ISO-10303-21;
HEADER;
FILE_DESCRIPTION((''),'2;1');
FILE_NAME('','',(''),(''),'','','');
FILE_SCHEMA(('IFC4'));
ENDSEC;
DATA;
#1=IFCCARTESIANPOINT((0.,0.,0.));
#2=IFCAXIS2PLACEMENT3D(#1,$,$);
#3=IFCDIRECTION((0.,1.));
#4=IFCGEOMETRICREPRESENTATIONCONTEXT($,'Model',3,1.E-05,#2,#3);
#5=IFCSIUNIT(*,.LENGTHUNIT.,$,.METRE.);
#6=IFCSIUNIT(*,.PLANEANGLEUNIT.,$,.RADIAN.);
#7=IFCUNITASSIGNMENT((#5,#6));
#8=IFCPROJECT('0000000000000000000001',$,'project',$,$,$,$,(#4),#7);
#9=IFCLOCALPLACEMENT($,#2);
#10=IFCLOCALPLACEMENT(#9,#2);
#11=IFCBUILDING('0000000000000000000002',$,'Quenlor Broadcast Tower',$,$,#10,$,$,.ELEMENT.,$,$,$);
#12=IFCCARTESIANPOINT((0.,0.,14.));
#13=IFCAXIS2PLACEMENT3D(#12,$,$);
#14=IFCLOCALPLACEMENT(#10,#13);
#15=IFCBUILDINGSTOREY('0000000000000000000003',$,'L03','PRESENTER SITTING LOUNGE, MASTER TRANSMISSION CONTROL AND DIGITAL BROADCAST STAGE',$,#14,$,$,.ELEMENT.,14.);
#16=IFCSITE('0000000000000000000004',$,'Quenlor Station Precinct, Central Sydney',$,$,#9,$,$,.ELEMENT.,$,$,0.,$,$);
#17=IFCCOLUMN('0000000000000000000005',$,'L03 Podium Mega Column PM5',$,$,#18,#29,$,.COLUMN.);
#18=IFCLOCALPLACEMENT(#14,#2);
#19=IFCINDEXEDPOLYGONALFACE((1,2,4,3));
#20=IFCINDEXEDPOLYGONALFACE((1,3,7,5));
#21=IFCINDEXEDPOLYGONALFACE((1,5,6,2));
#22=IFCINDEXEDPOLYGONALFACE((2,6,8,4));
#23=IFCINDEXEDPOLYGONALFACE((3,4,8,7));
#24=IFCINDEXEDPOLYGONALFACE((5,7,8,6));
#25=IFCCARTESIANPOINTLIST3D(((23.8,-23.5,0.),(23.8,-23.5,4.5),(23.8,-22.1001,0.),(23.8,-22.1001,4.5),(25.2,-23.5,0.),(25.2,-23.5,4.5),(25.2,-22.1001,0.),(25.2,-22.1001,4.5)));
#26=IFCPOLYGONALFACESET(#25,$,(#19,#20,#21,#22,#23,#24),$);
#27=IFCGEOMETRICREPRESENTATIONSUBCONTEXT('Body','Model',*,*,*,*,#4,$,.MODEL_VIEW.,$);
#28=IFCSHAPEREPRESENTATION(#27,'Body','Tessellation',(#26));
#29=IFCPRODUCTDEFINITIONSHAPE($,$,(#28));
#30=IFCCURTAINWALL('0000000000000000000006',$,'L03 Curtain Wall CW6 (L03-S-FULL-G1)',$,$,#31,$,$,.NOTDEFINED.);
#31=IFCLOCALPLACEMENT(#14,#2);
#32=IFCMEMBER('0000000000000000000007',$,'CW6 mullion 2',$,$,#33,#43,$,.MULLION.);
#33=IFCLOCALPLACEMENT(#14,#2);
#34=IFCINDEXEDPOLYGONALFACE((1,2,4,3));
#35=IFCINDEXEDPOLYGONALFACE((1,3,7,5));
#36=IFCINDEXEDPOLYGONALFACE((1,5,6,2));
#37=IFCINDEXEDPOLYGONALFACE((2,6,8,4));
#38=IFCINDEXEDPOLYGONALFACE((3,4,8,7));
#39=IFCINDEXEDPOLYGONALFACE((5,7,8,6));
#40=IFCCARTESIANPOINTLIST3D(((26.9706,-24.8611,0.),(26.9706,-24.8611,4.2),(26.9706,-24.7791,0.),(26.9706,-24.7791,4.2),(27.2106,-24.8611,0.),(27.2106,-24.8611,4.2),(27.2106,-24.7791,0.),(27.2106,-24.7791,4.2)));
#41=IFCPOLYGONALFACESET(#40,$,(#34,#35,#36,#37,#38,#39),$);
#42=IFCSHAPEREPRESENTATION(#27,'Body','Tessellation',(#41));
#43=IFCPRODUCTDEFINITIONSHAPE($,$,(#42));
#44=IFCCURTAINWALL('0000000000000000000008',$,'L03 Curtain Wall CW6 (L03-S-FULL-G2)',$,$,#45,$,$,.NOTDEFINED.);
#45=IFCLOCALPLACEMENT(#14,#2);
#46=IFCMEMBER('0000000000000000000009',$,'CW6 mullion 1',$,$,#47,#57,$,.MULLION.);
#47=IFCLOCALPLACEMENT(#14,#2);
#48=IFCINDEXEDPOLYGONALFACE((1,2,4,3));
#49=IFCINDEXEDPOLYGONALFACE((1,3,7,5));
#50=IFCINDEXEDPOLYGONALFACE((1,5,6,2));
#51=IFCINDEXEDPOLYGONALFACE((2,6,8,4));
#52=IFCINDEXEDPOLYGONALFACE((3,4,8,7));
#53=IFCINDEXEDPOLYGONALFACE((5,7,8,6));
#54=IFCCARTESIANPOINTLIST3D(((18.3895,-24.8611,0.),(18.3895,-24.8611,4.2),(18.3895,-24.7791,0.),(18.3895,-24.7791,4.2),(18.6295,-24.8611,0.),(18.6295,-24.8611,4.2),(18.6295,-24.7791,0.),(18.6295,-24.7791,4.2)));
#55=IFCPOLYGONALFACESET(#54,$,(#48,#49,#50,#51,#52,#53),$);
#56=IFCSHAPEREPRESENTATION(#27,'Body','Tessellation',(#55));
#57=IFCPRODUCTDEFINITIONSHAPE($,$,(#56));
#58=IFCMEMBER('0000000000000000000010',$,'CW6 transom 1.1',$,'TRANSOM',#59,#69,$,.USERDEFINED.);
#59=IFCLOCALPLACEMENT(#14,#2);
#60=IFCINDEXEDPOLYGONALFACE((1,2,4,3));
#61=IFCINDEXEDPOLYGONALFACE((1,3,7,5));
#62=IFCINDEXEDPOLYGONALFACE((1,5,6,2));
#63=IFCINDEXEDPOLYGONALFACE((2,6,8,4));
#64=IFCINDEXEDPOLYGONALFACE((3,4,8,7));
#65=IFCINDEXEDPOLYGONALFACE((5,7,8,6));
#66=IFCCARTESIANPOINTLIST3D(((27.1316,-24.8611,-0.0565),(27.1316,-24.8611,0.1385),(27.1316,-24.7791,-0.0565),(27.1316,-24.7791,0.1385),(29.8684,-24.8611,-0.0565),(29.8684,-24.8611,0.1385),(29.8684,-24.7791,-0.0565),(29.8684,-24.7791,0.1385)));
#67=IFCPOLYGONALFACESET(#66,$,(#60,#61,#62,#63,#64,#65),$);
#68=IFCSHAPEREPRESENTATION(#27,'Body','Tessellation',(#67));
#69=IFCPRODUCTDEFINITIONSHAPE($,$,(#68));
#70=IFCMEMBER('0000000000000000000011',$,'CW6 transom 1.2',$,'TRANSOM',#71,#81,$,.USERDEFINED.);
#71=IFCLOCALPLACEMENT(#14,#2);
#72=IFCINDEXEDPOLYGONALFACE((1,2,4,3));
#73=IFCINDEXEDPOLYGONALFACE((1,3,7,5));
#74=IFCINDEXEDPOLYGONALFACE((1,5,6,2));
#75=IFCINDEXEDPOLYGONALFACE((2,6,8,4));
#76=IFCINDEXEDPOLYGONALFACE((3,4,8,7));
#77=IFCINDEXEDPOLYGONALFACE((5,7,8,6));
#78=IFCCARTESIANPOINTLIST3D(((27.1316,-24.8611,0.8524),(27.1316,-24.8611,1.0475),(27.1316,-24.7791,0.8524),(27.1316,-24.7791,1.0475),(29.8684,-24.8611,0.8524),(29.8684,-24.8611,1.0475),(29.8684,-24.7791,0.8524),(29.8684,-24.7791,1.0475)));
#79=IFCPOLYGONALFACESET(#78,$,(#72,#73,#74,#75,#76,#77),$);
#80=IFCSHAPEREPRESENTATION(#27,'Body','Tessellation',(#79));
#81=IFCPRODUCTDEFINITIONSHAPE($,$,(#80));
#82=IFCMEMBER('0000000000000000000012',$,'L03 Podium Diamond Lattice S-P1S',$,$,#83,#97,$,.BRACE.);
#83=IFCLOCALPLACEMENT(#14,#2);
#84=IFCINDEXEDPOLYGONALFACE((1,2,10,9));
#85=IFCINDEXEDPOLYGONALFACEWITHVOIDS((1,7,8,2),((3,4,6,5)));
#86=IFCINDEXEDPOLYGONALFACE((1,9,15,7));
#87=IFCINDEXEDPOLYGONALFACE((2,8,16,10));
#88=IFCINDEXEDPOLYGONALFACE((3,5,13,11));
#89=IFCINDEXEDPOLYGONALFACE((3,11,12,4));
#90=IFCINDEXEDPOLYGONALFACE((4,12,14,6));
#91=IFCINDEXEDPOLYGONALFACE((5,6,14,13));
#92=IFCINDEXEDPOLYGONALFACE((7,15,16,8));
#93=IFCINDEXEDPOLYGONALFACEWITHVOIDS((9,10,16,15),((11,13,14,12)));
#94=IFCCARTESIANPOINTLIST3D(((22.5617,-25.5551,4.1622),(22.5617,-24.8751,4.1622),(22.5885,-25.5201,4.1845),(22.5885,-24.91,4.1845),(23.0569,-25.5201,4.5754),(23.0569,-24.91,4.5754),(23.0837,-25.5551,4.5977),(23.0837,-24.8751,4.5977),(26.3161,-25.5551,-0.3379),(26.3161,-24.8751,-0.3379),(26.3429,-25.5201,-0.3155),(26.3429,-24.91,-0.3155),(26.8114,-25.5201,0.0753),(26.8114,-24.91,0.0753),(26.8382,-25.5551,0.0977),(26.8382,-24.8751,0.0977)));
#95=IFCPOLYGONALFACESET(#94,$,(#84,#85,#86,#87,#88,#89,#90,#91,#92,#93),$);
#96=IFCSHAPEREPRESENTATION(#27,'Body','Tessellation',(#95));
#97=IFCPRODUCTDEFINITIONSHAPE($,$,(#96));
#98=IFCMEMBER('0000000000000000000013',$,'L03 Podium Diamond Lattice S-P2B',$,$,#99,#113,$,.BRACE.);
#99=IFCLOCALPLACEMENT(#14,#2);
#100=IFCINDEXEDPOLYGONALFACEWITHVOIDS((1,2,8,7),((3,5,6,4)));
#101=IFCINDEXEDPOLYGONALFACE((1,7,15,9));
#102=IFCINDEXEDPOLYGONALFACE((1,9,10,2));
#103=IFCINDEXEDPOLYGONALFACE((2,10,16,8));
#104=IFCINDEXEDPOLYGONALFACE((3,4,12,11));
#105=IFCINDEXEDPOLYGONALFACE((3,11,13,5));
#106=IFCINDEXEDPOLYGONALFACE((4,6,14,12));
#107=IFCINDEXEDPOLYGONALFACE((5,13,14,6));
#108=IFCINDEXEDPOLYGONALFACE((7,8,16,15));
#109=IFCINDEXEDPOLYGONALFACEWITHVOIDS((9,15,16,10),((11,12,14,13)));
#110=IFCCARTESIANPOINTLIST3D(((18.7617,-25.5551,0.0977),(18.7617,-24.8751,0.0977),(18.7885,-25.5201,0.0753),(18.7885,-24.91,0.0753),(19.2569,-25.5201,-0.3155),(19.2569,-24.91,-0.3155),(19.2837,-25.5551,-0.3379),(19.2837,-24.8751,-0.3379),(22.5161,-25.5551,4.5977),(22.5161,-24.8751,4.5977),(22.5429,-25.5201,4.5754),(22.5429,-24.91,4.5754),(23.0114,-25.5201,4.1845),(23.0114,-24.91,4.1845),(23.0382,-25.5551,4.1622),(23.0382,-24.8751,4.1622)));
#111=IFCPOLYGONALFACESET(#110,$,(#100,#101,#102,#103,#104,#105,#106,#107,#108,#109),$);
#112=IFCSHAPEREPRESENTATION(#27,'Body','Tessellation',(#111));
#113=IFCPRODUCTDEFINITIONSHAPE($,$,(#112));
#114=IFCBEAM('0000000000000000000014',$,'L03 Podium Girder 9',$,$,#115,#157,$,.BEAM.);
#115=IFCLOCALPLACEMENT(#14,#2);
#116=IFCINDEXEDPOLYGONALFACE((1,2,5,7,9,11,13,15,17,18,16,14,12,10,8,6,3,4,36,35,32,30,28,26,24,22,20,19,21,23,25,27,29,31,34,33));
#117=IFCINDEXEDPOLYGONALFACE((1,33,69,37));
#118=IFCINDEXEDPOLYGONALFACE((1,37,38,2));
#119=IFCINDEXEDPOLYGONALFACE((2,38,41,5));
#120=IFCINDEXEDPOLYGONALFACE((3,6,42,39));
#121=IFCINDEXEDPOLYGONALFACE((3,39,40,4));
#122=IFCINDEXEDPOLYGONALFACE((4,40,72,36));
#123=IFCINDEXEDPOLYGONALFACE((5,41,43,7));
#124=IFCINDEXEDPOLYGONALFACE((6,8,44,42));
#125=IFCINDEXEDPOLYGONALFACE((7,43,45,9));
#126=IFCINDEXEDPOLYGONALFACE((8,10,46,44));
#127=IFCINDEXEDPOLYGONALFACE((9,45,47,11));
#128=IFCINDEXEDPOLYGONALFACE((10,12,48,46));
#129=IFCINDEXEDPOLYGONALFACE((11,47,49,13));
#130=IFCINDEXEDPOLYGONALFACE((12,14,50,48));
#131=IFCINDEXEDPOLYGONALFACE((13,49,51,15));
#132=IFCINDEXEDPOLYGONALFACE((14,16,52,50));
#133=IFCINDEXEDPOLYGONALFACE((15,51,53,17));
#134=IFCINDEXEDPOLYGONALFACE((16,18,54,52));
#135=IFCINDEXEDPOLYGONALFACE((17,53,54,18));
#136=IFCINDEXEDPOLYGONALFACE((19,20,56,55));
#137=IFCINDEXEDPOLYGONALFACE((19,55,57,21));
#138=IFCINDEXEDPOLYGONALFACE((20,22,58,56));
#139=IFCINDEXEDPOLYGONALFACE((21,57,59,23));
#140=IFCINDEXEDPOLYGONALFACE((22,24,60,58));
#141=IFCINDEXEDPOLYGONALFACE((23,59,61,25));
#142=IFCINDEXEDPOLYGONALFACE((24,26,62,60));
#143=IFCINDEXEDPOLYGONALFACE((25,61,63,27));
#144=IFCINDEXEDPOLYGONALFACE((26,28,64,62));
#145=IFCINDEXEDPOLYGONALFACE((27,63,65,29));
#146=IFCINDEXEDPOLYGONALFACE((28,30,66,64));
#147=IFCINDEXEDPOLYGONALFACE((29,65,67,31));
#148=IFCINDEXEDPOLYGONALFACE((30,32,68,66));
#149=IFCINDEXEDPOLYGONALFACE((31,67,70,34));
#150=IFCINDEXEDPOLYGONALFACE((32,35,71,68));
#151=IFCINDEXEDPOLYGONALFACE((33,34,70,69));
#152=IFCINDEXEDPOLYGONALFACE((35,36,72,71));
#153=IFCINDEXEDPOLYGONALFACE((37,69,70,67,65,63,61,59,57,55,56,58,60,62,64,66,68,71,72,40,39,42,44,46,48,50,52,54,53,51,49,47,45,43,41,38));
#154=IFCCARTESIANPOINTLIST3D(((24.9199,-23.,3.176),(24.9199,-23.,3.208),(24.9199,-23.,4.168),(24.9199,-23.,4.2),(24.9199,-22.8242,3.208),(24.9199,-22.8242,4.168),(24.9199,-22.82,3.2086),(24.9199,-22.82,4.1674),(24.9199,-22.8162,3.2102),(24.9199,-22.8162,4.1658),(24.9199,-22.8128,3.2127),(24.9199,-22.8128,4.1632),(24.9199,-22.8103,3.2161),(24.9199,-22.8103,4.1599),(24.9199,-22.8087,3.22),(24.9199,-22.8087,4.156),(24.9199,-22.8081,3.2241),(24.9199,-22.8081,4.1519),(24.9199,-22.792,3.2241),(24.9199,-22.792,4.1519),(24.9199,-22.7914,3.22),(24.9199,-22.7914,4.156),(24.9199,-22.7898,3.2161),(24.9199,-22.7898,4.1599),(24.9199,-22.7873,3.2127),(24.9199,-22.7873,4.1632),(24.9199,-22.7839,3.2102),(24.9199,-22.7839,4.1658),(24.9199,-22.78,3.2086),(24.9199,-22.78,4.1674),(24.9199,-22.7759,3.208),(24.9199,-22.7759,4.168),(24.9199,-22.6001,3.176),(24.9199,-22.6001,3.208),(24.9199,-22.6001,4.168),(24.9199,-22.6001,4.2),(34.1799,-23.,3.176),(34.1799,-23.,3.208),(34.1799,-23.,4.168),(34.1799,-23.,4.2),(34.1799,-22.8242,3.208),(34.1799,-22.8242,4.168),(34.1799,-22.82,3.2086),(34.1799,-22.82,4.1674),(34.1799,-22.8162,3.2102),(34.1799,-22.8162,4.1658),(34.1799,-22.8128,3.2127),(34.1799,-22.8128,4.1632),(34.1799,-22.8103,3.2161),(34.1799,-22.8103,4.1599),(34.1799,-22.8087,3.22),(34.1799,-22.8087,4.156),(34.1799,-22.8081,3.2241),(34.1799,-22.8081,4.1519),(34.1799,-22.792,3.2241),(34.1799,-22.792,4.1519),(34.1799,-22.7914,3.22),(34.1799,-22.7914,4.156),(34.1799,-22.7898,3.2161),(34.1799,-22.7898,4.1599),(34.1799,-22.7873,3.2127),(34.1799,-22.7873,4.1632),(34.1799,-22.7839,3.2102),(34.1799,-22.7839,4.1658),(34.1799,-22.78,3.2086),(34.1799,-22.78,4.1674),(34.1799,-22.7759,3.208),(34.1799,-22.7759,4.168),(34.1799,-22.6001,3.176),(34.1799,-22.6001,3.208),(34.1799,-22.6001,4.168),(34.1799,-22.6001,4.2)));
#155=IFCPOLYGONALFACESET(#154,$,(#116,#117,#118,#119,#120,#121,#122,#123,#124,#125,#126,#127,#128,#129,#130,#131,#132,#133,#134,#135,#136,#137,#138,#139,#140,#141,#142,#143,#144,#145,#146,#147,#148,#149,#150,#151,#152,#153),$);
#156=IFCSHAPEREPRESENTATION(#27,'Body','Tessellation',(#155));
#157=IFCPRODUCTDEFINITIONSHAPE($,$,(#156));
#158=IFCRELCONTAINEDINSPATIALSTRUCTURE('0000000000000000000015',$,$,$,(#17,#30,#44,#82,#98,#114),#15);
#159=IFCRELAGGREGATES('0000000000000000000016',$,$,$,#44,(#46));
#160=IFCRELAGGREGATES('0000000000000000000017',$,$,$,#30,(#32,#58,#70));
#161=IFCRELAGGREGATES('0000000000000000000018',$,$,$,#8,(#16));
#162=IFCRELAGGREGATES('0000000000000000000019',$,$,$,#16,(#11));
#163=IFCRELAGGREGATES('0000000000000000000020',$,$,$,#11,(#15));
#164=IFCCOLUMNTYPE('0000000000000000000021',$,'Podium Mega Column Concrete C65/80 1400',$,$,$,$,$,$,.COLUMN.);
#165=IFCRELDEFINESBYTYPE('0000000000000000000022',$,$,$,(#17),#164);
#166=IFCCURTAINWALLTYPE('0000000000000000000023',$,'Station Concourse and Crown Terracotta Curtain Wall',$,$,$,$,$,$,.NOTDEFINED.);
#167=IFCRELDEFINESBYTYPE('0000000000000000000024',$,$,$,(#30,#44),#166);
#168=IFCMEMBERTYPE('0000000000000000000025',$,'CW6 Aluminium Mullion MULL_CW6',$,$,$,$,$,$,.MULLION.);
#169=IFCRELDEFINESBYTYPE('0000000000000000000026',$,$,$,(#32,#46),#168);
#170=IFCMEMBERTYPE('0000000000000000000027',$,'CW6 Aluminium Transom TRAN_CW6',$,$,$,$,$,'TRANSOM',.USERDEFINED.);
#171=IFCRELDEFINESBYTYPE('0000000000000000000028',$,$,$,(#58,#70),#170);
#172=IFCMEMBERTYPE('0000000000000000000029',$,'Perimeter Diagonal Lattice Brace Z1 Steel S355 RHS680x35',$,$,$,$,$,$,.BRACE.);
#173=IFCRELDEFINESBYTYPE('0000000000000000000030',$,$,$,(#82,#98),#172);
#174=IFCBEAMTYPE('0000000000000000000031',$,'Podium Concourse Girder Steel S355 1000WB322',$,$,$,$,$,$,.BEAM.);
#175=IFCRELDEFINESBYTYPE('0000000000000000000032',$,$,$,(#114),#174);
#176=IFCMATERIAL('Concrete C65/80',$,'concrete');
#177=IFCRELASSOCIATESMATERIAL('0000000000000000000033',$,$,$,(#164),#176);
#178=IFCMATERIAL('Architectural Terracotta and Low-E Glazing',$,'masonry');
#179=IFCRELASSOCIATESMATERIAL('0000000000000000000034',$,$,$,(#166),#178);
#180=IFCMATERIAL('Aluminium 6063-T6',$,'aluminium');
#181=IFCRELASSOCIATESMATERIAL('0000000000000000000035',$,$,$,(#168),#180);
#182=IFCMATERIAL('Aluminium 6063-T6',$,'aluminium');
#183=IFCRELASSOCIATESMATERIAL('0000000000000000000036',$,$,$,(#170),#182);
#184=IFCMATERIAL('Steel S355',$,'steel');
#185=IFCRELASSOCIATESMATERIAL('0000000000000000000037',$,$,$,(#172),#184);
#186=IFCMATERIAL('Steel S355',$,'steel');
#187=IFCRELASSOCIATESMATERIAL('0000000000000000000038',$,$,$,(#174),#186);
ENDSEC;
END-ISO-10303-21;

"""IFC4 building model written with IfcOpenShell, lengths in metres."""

from ifc_helpers import new_model, si_unit, direction, frame, origin, origin_2d, place, context, subcontext, project, spatial, rectangle, hollow_rectangle, i_section, extrude, material, material_profile, profile_set, type_object, element, aggregate, save


model = new_model("IFC4")

# Units and contexts
model_context = context("Model", 3, precision=1e-05, world=origin(), true_north=direction((0.0, 1.0)))
body_context = subcontext(model_context, "Body", "Model", "MODEL_VIEW")
ifc_project = project(units=[si_unit("LENGTHUNIT", "METRE"), si_unit("PLANEANGLEUNIT", "RADIAN")], contexts=[model_context])

# Site, building, storey
site_placement = place(None, origin())
site = spatial("IfcSite", under=ifc_project, at=site_placement, Name="Quenlor Station Precinct, Central Sydney", CompositionType="ELEMENT", RefElevation=0.0)
building_placement = place(site_placement, origin())
building = spatial("IfcBuilding", under=site, at=building_placement, Name="Quenlor Broadcast Tower", CompositionType="ELEMENT")
storey_placement = place(building_placement, frame((0.0, 0.0, 14.0)))
storey = spatial("IfcBuildingStorey", under=building, at=storey_placement, Name="L03", Description="PRESENTER SITTING LOUNGE, MASTER TRANSMISSION CONTROL AND DIGITAL BROADCAST STAGE", CompositionType="ELEMENT", Elevation=14.0)

# Column
ifc_material_1 = material(Name="Concrete C65/80", Category="concrete")
ifc_material_profile_1 = material_profile(ifc_material_1, rectangle(XDim=1.3999, YDim=1.3999, at=origin_2d()))
ifc_profile_set_1 = profile_set([ifc_material_profile_1], Name="Concrete C65/80 RC1400x1400")
column_type = type_object("IfcColumnType", Name="Podium Mega Column Concrete C65/80 1400", PredefinedType="COLUMN", material=ifc_profile_set_1)
column_placement = place(storey_placement, frame((24.5, -22.8, 0.0), z_axis=(0.0, 0.0, 1.0), x_axis=(1.0, 0.0, 0.0)))
element("IfcColumn", 1, at=column_placement, inside=storey, type_object=column_type, Name="L03 Podium Mega Column PM5", PredefinedType="COLUMN", context=body_context, shape_type="SweptSolid", body=[
    extrude(rectangle(XDim=1.3999, YDim=1.3999, at=origin_2d()), origin(), (0.0, 0.0, 1.0), 4.5),
])

# Curtain walls, members
ifc_material_2 = material(Name="Architectural Terracotta and Low-E Glazing", Category="masonry")
curtain_wall_type = type_object("IfcCurtainWallType", Name="Station Concourse and Crown Terracotta Curtain Wall", PredefinedType="NOTDEFINED", material=ifc_material_2)
curtain_wall_1_placement = place(storey_placement, origin())
curtain_wall_1 = element("IfcCurtainWall", 2, at=curtain_wall_1_placement, inside=storey, type_object=curtain_wall_type, Name="L03 Curtain Wall CW6 (L03-S-FULL-G1)", PredefinedType="NOTDEFINED")
ifc_material_3 = material(Name="Aluminium 6063-T6", Category="aluminium")
ifc_material_profile_2 = material_profile(ifc_material_3, rectangle(XDim=0.082, YDim=0.24, at=origin_2d()))
ifc_profile_set_2 = profile_set([ifc_material_profile_2], Name="Aluminium 6063-T6 MULL82x240")
member_type_1 = type_object("IfcMemberType", Name="CW6 Aluminium Mullion MULL_CW6", PredefinedType="MULLION", material=ifc_profile_set_2)
member_1_placement = place(storey_placement, frame((27.0906, -24.8201, 0.0), z_axis=(0.0, 0.0, 1.0), x_axis=(0.0, -1.0, 0.0)))
member_1 = element("IfcMember", 3, at=member_1_placement, type_object=member_type_1, Name="CW6 mullion 2", PredefinedType="MULLION", context=body_context, shape_type="SweptSolid", body=[
    extrude(rectangle(XDim=0.082, YDim=0.24, at=origin_2d()), origin(), (0.0, 0.0, 1.0), 4.2),
])
curtain_wall_2_placement = place(storey_placement, origin())
curtain_wall_2 = element("IfcCurtainWall", 4, at=curtain_wall_2_placement, inside=storey, type_object=curtain_wall_type, Name="L03 Curtain Wall CW6 (L03-S-FULL-G2)", PredefinedType="NOTDEFINED")
member_2_placement = place(storey_placement, frame((18.5095, -24.8201, 0.0), z_axis=(0.0, 0.0, 1.0), x_axis=(0.0, -1.0, 0.0)))
member_2 = element("IfcMember", 5, at=member_2_placement, type_object=member_type_1, Name="CW6 mullion 1", PredefinedType="MULLION", context=body_context, shape_type="SweptSolid", body=[
    extrude(rectangle(XDim=0.082, YDim=0.24, at=origin_2d()), origin(), (0.0, 0.0, 1.0), 4.2),
])
aggregate(curtain_wall_2, [member_2])

# Members
ifc_material_4 = material(Name="Aluminium 6063-T6", Category="aluminium")
ifc_material_profile_3 = material_profile(ifc_material_4, rectangle(XDim=0.082, YDim=0.1951, at=origin_2d()))
ifc_profile_set_3 = profile_set([ifc_material_profile_3], Name="Aluminium 6063-T6 TRAN82x195")
member_type_2 = type_object("IfcMemberType", Name="CW6 Aluminium Transom TRAN_CW6", ElementType="TRANSOM", PredefinedType="USERDEFINED", material=ifc_profile_set_3)
member_3_placement = place(storey_placement, frame((29.8684, -24.8201, 0.041), z_axis=(-1.0, 0.0, 0.0), x_axis=(0.0, -1.0, 0.0)))
member_3 = element("IfcMember", 6, at=member_3_placement, type_object=member_type_2, Name="CW6 transom 1.1", ObjectType="TRANSOM", PredefinedType="USERDEFINED", context=body_context, shape_type="SweptSolid", body=[
    extrude(rectangle(XDim=0.082, YDim=0.1951, at=origin_2d()), origin(), (0.0, 0.0, 1.0), 2.7368),
])
member_4_placement = place(storey_placement, frame((29.8684, -24.8201, 0.95), z_axis=(-1.0, 0.0, 0.0), x_axis=(0.0, -1.0, 0.0)))
member_4 = element("IfcMember", 7, at=member_4_placement, type_object=member_type_2, Name="CW6 transom 1.2", ObjectType="TRANSOM", PredefinedType="USERDEFINED", context=body_context, shape_type="SweptSolid", body=[
    extrude(rectangle(XDim=0.082, YDim=0.1951, at=origin_2d()), origin(), (0.0, 0.0, 1.0), 2.7368),
])

# Members
ifc_material_5 = material(Name="Steel S355", Category="steel")
ifc_material_profile_4 = material_profile(ifc_material_5, hollow_rectangle(XDim=0.6799, YDim=0.6799, WallThickness=0.0349, at=origin_2d()))
ifc_profile_set_4 = profile_set([ifc_material_profile_4], Name="Steel S355 RHS680x680x35")
member_type_3 = type_object("IfcMemberType", Name="Perimeter Diagonal Lattice Brace Z1 Steel S355 RHS680x35", PredefinedType="BRACE", material=ifc_profile_set_4)
for number, where, z_axis, x_axis, name in (
    (8, (26.5771, -25.2151, -0.1201), (-0.640627, 0.0, 0.767852), (0.0, -1.0, 0.0), "L03 Podium Diamond Lattice S-P1S"),
    (9, (19.0227, -25.2151, -0.1201), (0.640627, 0.0, 0.767852), (0.0, 1.0, 0.0), "L03 Podium Diamond Lattice S-P2B"),
):
    element("IfcMember", number, at=place(storey_placement, frame(where, z_axis=z_axis, x_axis=x_axis)), inside=storey, type_object=member_type_3, Name=name, PredefinedType="BRACE", context=body_context, shape_type="SweptSolid", body=[
        extrude(hollow_rectangle(XDim=0.6799, YDim=0.6799, WallThickness=0.0349, at=origin_2d()), origin(), (0.0, 0.0, 1.0), 5.8606),
    ])

# Beam
ifc_material_6 = material(Name="Steel S355", Category="steel")
ifc_material_profile_5 = material_profile(ifc_material_6, i_section(OverallWidth=0.3999, OverallDepth=1.0239, WebThickness=0.0161, FlangeThickness=0.032, FilletRadius=0.0161, at=origin_2d()))
ifc_profile_set_5 = profile_set([ifc_material_profile_5], Name="Steel S355 1000WB322")
beam_type_1 = type_object("IfcBeamType", Name="Podium Concourse Girder Steel S355 1000WB322", PredefinedType="BEAM", material=ifc_profile_set_5)
beam_1_placement = place(storey_placement, frame((24.9199, -22.8, 3.688), z_axis=(1.0, 0.0, 0.0), x_axis=(0.0, 1.0, 0.0)))
element("IfcBeam", 10, at=beam_1_placement, inside=storey, type_object=beam_type_1, Name="L03 Podium Girder 9", PredefinedType="BEAM", context=body_context, shape_type="SweptSolid", body=[
    extrude(i_section(OverallWidth=0.3999, OverallDepth=1.0239, WebThickness=0.0161, FlangeThickness=0.032, FilletRadius=0.0161, at=origin_2d()), origin(), (0.0, 0.0, 1.0), 9.26),
])

aggregate(curtain_wall_1, [member_1, member_3, member_4])

save(model, "model.ifc")
